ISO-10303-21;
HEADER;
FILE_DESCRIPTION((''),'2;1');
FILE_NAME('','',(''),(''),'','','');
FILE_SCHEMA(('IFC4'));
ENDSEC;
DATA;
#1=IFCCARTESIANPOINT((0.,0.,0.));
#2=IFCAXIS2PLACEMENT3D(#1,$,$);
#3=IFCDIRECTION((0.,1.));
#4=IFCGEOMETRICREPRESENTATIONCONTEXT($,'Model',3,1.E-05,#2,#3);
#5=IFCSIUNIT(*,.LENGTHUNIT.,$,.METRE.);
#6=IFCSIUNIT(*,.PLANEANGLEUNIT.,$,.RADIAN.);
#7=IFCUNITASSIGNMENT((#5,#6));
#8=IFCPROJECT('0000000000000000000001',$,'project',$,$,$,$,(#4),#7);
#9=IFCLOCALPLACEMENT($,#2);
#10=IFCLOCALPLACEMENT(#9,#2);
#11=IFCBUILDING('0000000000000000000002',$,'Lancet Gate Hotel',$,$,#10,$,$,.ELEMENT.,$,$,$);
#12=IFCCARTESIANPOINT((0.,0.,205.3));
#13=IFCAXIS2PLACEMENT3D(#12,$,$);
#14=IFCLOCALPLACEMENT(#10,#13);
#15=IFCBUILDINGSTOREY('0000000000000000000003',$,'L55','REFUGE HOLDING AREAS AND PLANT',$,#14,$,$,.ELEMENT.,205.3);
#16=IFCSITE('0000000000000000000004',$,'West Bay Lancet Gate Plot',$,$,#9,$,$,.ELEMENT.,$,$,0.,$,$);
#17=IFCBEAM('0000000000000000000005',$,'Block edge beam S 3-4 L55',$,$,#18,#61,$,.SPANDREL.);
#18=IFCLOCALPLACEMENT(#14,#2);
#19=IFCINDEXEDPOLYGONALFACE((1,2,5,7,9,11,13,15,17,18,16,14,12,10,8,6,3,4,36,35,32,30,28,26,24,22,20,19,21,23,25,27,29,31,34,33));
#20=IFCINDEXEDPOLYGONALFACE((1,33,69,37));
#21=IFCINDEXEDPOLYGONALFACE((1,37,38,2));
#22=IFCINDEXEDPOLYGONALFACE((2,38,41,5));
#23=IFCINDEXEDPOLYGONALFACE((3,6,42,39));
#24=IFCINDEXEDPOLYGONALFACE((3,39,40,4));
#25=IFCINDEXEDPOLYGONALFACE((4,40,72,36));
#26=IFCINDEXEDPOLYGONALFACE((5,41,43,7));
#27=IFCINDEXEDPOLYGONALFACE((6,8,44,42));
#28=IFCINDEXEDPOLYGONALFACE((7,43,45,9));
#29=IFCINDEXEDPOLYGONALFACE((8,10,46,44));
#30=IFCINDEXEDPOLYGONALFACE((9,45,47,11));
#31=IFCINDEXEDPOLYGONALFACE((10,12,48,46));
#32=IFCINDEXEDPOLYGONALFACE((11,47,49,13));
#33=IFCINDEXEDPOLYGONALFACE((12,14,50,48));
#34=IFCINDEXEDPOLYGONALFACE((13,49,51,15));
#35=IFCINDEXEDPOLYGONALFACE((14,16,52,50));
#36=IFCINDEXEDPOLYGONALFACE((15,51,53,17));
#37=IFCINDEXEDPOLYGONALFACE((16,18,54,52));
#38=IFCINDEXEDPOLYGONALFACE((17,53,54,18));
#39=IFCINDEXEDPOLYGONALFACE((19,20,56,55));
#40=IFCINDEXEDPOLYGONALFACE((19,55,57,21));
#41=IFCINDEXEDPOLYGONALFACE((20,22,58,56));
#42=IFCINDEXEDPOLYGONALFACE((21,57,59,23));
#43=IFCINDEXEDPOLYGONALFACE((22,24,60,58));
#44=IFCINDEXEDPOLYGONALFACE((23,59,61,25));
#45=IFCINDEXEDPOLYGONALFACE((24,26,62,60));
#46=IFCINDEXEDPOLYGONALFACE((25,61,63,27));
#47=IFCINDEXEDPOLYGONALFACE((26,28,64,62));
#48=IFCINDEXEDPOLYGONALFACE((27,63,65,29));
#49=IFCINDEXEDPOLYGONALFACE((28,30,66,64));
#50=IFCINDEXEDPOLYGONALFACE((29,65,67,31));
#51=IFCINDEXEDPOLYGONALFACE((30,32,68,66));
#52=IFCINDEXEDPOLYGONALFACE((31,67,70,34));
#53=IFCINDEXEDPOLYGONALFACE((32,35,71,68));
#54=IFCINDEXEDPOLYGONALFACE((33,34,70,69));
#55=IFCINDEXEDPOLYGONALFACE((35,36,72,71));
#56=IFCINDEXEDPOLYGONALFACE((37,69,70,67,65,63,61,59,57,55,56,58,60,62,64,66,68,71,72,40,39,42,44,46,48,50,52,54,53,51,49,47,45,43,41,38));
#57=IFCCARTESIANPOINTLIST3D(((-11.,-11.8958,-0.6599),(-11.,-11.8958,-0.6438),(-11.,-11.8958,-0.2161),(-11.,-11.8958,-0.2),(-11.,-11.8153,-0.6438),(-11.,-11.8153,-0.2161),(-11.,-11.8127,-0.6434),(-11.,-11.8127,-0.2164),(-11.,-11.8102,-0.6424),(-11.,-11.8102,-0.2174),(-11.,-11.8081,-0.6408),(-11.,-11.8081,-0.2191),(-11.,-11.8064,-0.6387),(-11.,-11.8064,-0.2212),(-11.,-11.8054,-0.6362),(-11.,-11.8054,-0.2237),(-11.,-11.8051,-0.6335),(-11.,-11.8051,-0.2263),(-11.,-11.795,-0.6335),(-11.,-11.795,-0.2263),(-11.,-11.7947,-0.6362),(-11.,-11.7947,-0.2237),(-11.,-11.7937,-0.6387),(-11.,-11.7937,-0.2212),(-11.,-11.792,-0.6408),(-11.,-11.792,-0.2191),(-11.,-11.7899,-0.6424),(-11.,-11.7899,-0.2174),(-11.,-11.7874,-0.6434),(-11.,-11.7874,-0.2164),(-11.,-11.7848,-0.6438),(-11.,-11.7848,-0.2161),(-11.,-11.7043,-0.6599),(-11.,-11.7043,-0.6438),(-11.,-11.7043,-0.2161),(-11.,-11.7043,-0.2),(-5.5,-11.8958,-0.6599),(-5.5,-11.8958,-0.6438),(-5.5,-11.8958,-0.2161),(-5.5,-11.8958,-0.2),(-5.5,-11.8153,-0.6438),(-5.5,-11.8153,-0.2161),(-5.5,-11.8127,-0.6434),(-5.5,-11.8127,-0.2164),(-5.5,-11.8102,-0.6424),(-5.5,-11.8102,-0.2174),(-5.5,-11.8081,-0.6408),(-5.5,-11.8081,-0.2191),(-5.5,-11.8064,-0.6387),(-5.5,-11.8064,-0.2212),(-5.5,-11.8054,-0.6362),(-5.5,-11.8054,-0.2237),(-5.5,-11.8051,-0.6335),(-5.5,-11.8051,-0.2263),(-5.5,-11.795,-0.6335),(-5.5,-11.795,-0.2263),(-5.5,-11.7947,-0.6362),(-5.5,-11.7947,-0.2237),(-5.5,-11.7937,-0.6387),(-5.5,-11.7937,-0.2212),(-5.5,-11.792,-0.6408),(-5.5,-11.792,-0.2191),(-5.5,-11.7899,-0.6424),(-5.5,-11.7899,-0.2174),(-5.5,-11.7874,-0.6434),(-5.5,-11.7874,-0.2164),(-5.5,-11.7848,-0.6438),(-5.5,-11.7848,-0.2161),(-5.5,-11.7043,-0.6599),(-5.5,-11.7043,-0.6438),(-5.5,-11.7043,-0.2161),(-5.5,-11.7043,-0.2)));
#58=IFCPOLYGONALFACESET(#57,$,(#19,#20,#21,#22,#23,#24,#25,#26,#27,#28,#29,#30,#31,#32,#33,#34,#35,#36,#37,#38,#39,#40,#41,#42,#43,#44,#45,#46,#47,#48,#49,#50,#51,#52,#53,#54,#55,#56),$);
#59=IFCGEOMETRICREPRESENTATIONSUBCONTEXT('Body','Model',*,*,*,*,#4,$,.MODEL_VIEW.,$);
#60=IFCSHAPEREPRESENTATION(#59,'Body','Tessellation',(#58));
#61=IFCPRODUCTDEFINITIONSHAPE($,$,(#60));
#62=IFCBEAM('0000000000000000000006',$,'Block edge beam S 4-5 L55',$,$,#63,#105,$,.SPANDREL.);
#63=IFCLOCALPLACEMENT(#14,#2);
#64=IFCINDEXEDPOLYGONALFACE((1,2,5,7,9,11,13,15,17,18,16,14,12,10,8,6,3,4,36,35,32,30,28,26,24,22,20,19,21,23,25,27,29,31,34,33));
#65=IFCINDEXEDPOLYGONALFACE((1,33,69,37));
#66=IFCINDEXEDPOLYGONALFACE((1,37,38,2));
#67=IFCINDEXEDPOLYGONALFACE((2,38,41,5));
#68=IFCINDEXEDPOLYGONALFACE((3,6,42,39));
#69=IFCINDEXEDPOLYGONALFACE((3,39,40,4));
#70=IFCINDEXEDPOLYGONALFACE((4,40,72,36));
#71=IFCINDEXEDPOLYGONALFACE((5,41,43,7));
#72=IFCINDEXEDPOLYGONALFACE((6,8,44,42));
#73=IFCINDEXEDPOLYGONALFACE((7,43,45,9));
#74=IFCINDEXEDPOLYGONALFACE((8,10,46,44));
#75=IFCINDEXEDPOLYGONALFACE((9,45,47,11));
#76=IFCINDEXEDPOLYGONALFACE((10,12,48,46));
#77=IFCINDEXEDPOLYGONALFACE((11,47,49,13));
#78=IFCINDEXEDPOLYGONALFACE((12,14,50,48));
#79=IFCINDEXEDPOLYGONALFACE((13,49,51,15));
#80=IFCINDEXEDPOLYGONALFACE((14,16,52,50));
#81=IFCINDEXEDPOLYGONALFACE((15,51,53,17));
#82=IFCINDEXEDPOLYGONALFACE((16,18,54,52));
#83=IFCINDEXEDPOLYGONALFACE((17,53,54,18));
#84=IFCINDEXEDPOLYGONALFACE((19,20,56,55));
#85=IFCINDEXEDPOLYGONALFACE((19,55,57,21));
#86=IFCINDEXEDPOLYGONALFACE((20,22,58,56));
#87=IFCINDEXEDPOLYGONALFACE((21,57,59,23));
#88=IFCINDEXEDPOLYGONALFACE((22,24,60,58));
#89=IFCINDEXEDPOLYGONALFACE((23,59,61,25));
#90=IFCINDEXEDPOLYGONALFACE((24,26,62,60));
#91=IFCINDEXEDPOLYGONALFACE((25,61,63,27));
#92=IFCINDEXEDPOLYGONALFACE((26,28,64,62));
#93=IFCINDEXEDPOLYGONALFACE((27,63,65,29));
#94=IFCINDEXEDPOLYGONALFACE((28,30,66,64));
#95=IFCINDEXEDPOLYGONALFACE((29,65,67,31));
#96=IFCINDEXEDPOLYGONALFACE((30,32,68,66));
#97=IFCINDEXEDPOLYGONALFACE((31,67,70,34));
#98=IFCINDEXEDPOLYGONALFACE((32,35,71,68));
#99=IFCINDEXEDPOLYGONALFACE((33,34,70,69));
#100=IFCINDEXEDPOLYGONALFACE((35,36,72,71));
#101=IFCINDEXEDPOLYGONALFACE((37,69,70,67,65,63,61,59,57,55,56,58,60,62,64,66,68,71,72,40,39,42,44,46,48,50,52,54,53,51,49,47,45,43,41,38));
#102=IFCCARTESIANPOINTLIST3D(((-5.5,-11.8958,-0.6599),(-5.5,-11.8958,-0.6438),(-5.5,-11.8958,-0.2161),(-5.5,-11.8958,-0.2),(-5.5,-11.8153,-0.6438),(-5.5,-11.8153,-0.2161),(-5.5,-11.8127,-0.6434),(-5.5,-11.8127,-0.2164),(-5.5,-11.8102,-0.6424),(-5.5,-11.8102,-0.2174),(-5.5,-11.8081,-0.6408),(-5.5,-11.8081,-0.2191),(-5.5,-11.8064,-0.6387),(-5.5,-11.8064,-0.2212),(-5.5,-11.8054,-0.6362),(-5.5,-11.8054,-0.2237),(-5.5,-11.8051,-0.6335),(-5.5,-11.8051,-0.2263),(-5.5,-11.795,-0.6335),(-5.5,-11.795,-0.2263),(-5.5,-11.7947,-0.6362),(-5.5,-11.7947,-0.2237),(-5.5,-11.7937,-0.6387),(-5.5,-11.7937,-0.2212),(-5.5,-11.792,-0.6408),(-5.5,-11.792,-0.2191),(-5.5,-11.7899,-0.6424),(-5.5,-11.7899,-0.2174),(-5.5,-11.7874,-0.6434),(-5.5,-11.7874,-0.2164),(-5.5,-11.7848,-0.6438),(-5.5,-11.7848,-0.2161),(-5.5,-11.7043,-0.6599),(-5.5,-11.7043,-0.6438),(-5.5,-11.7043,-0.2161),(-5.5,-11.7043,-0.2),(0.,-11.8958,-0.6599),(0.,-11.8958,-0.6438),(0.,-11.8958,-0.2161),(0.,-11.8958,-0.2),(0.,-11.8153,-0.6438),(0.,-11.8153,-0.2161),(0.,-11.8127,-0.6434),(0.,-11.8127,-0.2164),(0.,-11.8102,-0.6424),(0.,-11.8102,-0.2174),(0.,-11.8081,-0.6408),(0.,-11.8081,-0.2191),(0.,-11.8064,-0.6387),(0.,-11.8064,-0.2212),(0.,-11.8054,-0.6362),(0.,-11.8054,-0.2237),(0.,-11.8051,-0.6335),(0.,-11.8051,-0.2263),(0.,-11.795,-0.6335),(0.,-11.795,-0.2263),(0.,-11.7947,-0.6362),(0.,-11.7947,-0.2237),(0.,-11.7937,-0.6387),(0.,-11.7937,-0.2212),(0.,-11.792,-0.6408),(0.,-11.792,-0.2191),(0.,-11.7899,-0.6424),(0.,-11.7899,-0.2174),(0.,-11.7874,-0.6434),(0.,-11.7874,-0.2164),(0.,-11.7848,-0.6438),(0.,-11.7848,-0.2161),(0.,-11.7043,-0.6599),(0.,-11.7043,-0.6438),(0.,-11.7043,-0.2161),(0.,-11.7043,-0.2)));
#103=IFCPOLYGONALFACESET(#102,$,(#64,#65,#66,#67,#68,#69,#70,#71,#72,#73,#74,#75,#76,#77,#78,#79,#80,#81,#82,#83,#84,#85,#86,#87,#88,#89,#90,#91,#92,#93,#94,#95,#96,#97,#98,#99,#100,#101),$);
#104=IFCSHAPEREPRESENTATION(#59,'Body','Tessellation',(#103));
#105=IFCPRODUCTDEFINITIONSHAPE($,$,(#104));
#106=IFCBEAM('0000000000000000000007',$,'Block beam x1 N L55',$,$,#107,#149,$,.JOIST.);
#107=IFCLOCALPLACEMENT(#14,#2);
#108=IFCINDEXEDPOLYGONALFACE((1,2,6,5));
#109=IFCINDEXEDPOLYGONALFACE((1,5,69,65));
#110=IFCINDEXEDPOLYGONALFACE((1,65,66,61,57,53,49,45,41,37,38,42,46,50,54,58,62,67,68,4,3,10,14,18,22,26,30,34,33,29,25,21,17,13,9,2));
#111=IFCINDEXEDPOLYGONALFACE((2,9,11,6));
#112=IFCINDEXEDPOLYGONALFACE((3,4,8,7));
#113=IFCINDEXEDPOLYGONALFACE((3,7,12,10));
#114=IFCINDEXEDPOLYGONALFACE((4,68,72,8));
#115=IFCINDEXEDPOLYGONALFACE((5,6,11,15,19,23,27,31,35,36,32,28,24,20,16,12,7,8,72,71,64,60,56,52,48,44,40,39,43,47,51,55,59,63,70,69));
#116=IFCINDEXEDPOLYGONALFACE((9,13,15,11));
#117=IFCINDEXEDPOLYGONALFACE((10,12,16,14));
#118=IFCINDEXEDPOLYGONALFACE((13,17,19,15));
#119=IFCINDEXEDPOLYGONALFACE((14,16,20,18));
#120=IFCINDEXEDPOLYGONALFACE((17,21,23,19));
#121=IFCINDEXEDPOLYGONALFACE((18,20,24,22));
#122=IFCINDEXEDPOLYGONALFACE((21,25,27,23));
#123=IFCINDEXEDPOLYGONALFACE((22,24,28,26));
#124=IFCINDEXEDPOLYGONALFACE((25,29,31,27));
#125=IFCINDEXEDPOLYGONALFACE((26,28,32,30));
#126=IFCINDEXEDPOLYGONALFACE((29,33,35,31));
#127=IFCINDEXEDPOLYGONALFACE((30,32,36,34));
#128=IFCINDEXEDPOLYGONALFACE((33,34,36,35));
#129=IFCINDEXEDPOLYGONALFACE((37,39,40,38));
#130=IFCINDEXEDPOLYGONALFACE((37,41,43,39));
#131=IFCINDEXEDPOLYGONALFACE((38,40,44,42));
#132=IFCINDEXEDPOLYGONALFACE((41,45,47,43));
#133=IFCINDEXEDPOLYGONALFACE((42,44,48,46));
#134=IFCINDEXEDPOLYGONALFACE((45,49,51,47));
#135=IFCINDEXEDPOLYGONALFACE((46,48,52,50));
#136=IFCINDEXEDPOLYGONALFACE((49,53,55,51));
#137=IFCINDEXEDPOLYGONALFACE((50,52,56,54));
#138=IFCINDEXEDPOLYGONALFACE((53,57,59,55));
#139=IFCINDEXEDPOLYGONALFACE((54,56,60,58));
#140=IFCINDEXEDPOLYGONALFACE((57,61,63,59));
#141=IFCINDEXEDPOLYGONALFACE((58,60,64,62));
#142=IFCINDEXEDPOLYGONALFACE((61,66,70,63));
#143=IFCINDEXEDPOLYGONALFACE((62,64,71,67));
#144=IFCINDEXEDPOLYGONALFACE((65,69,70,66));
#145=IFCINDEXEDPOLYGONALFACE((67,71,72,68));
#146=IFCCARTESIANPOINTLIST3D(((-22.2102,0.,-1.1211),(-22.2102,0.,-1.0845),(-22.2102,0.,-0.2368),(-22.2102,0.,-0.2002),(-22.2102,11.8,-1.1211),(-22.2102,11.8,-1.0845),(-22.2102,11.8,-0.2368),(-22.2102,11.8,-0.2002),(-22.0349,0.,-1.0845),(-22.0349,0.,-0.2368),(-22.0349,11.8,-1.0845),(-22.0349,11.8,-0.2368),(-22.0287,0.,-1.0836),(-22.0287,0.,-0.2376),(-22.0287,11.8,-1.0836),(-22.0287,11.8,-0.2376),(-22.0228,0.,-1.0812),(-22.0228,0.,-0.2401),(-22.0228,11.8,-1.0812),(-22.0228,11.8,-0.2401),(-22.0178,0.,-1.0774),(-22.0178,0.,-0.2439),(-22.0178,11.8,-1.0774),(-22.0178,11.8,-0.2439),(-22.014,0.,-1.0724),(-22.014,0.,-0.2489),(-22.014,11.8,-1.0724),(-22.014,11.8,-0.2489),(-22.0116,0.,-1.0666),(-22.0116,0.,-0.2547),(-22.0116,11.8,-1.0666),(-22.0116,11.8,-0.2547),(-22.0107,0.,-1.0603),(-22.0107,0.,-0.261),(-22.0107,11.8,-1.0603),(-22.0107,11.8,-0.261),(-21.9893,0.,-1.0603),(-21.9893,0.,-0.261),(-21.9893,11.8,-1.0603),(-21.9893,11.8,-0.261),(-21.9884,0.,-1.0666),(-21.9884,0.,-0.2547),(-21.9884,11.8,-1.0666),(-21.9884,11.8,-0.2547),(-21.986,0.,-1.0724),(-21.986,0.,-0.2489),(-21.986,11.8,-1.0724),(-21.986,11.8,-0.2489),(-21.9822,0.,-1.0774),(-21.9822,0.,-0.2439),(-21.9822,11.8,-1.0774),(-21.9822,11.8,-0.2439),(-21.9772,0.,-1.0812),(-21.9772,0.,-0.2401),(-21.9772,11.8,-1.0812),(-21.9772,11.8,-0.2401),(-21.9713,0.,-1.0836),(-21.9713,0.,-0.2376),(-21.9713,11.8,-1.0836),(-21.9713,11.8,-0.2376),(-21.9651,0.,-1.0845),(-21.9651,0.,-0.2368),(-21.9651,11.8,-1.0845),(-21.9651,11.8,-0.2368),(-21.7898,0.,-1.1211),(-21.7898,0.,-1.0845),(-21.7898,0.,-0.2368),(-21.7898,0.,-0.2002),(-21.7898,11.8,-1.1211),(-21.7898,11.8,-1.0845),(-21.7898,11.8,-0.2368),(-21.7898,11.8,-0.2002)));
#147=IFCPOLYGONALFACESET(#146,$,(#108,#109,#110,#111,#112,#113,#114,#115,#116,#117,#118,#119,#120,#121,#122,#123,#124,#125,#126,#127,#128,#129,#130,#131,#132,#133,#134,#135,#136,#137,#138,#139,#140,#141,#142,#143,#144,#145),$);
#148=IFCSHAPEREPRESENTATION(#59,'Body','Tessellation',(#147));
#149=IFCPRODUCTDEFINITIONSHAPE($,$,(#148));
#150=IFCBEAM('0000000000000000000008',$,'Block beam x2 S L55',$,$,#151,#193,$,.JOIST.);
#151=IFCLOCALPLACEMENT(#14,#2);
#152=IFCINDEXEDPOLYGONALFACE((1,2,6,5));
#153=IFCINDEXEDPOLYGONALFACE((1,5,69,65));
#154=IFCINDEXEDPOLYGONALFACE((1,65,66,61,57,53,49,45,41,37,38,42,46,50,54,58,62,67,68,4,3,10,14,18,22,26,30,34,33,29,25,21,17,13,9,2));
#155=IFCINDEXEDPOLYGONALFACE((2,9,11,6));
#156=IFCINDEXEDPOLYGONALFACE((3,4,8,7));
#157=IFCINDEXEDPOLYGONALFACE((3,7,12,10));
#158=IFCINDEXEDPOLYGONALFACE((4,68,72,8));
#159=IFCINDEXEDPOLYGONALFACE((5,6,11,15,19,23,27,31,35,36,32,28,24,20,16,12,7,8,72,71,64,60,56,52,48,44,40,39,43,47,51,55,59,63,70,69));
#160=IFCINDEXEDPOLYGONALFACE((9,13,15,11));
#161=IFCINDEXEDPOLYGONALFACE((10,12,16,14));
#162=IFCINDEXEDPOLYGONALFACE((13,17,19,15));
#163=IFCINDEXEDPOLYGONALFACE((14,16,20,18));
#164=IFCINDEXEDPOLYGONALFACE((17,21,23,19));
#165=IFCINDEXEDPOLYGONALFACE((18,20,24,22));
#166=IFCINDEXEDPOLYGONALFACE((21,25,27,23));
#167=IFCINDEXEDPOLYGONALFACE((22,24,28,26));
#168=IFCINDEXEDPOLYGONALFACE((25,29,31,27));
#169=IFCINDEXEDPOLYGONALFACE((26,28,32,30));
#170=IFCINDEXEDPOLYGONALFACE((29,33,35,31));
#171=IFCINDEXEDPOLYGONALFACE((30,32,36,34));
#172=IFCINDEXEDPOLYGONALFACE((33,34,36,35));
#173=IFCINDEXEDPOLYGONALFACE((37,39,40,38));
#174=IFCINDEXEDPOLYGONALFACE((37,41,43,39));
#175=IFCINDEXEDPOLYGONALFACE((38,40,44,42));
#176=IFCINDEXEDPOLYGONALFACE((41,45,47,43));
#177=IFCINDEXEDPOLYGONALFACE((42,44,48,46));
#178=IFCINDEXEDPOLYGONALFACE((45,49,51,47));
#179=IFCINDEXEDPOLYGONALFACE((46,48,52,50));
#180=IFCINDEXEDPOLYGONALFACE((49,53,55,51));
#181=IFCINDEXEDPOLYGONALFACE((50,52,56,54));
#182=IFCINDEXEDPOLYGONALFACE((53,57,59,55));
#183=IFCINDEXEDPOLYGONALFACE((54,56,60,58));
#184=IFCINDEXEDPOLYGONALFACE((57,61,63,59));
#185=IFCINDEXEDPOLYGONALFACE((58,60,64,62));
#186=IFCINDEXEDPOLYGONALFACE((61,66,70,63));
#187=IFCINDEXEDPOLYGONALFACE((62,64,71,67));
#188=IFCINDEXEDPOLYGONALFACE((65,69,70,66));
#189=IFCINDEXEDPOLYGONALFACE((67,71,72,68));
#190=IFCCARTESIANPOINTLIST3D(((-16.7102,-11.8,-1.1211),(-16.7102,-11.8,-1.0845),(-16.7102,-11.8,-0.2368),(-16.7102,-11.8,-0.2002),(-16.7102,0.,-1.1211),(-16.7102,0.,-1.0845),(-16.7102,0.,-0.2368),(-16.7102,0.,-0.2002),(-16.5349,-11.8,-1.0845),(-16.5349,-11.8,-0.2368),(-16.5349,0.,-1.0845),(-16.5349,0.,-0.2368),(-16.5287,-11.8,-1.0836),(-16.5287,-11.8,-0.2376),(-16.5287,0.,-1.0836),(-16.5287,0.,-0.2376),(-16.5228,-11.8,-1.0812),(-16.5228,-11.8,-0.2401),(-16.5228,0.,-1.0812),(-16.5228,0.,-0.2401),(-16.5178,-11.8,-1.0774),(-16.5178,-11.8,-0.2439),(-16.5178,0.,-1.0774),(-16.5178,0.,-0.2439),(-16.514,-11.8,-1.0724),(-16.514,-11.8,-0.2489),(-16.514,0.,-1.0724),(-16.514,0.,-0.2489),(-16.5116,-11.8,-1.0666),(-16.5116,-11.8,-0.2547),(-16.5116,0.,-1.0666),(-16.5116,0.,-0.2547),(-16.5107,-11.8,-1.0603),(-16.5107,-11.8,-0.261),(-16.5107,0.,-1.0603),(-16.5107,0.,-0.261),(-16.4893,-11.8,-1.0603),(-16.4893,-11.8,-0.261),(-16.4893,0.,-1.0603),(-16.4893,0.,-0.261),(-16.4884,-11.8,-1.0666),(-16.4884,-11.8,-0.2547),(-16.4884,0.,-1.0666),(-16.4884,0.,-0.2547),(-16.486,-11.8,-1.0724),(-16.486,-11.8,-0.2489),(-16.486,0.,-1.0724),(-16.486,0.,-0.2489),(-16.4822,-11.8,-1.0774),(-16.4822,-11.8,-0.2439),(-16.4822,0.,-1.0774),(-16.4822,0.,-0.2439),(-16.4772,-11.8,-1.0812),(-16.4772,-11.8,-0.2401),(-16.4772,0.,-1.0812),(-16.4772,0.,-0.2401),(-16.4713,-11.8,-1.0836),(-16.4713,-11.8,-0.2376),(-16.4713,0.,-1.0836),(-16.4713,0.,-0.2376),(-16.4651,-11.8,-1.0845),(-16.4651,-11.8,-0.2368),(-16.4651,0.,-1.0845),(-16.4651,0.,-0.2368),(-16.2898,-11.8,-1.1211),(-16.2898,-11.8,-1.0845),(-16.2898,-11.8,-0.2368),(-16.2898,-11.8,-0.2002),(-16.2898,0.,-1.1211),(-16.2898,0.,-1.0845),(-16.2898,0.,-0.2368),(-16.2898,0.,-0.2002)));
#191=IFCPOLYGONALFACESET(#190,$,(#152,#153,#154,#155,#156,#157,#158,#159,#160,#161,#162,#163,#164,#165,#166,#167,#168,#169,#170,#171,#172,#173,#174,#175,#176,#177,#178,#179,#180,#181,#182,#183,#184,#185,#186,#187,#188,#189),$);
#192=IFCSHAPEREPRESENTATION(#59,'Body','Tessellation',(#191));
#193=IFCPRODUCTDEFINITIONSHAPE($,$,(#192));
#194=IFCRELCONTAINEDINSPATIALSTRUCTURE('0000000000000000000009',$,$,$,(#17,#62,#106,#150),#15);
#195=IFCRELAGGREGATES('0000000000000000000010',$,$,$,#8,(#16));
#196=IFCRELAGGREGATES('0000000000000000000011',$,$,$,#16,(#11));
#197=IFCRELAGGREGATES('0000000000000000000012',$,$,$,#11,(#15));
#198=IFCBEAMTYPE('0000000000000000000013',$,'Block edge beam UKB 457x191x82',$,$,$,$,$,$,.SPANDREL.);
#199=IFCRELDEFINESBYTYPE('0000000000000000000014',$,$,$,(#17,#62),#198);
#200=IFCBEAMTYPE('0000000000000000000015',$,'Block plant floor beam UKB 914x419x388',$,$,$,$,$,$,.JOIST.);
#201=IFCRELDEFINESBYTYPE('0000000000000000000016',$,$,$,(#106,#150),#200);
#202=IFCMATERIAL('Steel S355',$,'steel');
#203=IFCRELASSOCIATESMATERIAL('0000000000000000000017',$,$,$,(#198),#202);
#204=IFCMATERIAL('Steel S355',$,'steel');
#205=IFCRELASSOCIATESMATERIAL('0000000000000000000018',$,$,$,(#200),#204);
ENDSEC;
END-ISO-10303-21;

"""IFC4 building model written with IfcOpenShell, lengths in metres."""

from ifc_helpers import new_model, si_unit, direction, frame, origin, origin_2d, place, context, subcontext, project, spatial, i_section, extrude, material, material_profile, profile_set, type_object, element, save


model = new_model("IFC4")

# Units and contexts
model_context = context("Model", 3, precision=1e-05, world=origin(), true_north=direction((0.0, 1.0)))
body_context = subcontext(model_context, "Body", "Model", "MODEL_VIEW")
ifc_project = project(units=[si_unit("LENGTHUNIT", "METRE"), si_unit("PLANEANGLEUNIT", "RADIAN")], contexts=[model_context])

# Site, building, storey
site_placement = place(None, origin())
site = spatial("IfcSite", under=ifc_project, at=site_placement, Name="West Bay Lancet Gate Plot", CompositionType="ELEMENT", RefElevation=0.0)
building_placement = place(site_placement, origin())
building = spatial("IfcBuilding", under=site, at=building_placement, Name="Lancet Gate Hotel", CompositionType="ELEMENT")
storey_placement = place(building_placement, frame((0.0, 0.0, 205.3)))
storey = spatial("IfcBuildingStorey", under=building, at=storey_placement, Name="L55", Description="REFUGE HOLDING AREAS AND PLANT", CompositionType="ELEMENT", Elevation=205.3)

# Beams
ifc_material_1 = material(Name="Steel S355", Category="steel")
ifc_material_profile_1 = material_profile(ifc_material_1, i_section(OverallWidth=0.1914, OverallDepth=0.46, WebThickness=0.01, FlangeThickness=0.0161, FilletRadius=0.0103, at=origin_2d()), Name="UKB 457x191x82")
ifc_profile_set_1 = profile_set([ifc_material_profile_1], Name="Steel S355")
beam_type_1 = type_object("IfcBeamType", Name="Block edge beam UKB 457x191x82", PredefinedType="SPANDREL", material=ifc_profile_set_1)
for number, where, z_axis, x_axis, name in (
    (1, (-11.0, -11.8, -0.4299), (1.0, 0.0, 0.0), (0.0, 1.0, 0.0), "Block edge beam S 3-4 L55"),
    (2, (-5.5, -11.8, -0.4299), (1.0, 0.0, 0.0), (0.0, 1.0, 0.0), "Block edge beam S 4-5 L55"),
):
    element("IfcBeam", number, at=place(storey_placement, frame(where, z_axis=z_axis, x_axis=x_axis)), inside=storey, type_object=beam_type_1, Name=name, PredefinedType="SPANDREL", context=body_context, shape_type="SweptSolid", body=[
        extrude(i_section(OverallWidth=0.1914, OverallDepth=0.46, WebThickness=0.01, FlangeThickness=0.0161, FilletRadius=0.0103, at=origin_2d()), origin(), (0.0, 0.0, 1.0), 5.5),
    ])
ifc_material_2 = material(Name="Steel S355", Category="steel")
ifc_material_profile_2 = material_profile(ifc_material_2, i_section(OverallWidth=0.4204, OverallDepth=0.9209, WebThickness=0.0215, FlangeThickness=0.0366, FilletRadius=0.0242, at=origin_2d()), Name="UKB 914x419x388")
ifc_profile_set_2 = profile_set([ifc_material_profile_2], Name="Steel S355")
beam_type_2 = type_object("IfcBeamType", Name="Block plant floor beam UKB 914x419x388", PredefinedType="JOIST", material=ifc_profile_set_2)
for number, where, z_axis, x_axis, name in (
    (3, (-22.0, 0.0, -0.6606), (0.0, 1.0, 0.0), (-1.0, 0.0, 0.0), "Block beam x1 N L55"),
    (4, (-16.5, -11.8, -0.6606), (0.0, 1.0, 0.0), (-1.0, 0.0, 0.0), "Block beam x2 S L55"),
):
    element("IfcBeam", number, at=place(storey_placement, frame(where, z_axis=z_axis, x_axis=x_axis)), inside=storey, type_object=beam_type_2, Name=name, PredefinedType="JOIST", context=body_context, shape_type="SweptSolid", body=[
        extrude(i_section(OverallWidth=0.4204, OverallDepth=0.9209, WebThickness=0.0215, FlangeThickness=0.0366, FilletRadius=0.0242, at=origin_2d()), origin(), (0.0, 0.0, 1.0), 11.8),
    ])

save(model, "model.ifc")
